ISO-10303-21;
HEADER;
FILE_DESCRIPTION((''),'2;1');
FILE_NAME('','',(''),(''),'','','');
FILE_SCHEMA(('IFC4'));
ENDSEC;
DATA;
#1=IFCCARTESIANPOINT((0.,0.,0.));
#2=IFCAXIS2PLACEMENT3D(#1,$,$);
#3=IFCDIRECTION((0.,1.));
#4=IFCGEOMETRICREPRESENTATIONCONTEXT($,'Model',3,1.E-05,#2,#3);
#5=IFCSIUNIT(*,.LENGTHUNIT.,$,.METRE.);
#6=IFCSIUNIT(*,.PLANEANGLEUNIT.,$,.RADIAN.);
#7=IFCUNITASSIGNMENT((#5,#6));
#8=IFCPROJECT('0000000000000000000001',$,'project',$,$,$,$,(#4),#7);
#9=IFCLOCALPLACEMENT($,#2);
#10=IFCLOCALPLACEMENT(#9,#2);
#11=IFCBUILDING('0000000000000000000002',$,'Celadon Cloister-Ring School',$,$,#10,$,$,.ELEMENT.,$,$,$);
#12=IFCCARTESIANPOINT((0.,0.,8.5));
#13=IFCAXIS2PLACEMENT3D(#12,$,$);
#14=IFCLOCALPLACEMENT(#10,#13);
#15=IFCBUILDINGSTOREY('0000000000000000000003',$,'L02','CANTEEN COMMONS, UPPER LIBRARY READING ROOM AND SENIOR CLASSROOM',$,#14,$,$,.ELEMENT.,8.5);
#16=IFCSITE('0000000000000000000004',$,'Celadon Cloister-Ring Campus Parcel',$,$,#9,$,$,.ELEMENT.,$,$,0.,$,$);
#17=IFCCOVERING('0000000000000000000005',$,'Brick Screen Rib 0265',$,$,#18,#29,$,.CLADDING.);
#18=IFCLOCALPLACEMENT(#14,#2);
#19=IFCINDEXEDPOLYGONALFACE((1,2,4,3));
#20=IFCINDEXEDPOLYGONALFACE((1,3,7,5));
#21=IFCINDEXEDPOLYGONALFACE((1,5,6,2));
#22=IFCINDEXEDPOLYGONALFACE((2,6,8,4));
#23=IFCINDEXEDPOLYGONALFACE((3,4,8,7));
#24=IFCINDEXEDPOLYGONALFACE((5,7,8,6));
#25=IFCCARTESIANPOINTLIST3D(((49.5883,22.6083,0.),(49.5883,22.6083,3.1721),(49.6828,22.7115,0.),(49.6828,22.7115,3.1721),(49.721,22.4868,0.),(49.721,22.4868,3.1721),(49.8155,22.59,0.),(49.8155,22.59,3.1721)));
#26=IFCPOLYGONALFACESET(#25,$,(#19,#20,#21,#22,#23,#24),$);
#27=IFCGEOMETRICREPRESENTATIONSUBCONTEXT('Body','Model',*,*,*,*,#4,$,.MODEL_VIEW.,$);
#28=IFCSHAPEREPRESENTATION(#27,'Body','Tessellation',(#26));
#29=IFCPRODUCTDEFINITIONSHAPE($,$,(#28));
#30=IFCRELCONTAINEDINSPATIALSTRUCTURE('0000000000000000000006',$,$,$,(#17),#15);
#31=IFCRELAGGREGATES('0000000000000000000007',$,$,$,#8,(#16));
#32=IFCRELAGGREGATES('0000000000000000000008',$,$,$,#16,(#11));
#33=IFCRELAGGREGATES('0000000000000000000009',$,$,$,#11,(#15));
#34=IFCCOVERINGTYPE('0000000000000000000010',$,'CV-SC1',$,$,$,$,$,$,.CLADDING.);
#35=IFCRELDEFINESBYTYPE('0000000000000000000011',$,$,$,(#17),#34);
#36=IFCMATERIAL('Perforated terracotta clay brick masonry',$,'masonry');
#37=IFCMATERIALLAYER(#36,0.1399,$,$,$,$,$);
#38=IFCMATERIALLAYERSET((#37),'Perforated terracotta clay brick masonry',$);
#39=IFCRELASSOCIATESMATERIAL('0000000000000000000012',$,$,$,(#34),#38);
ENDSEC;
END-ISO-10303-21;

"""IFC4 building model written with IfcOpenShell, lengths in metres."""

from ifc_helpers import new_model, si_unit, direction, frame, origin, origin_2d, place, context, subcontext, project, spatial, rectangle, extrude, material, layer, layer_set, type_object, element, save


model = new_model("IFC4")

# Units and contexts
model_context = context("Model", 3, precision=1e-05, world=origin(), true_north=direction((0.0, 1.0)))
body_context = subcontext(model_context, "Body", "Model", "MODEL_VIEW")
ifc_project = project(units=[si_unit("LENGTHUNIT", "METRE"), si_unit("PLANEANGLEUNIT", "RADIAN")], contexts=[model_context])

# Site, building, storey
site_placement = place(None, origin())
site = spatial("IfcSite", under=ifc_project, at=site_placement, Name="Celadon Cloister-Ring Campus Parcel", CompositionType="ELEMENT", RefElevation=0.0)
building_placement = place(site_placement, origin())
building = spatial("IfcBuilding", under=site, at=building_placement, Name="Celadon Cloister-Ring School", CompositionType="ELEMENT")
storey_placement = place(building_placement, frame((0.0, 0.0, 8.5)))
storey = spatial("IfcBuildingStorey", under=building, at=storey_placement, Name="L02", Description="CANTEEN COMMONS, UPPER LIBRARY READING ROOM AND SENIOR CLASSROOM", CompositionType="ELEMENT", Elevation=8.5)

# Covering
ifc_material_1 = material(Name="Perforated terracotta clay brick masonry", Category="masonry")
ifc_layer_1 = layer(ifc_material_1, 0.1399)
ifc_layer_set_1 = layer_set([ifc_layer_1], Name="Perforated terracotta clay brick masonry")
covering_type = type_object("IfcCoveringType", Name="CV-SC1", PredefinedType="CLADDING", material=ifc_layer_set_1)
for number, where, z_axis, x_axis, name in (
    (1, (49.7019, 22.5991, 0.0), (0.0, 0.0, 1.0), (-0.737548, 0.675294, 0.0), "Brick Screen Rib 0265"),
):
    element("IfcCovering", number, at=place(storey_placement, frame(where, z_axis=z_axis, x_axis=x_axis)), inside=storey, type_object=covering_type, Name=name, PredefinedType="CLADDING", context=body_context, shape_type="SweptSolid", body=[
        extrude(rectangle(XDim=0.1799, YDim=0.1399, at=origin_2d()), origin(), (0.0, 0.0, 1.0), 3.1721),
    ])

save(model, "model.ifc")
